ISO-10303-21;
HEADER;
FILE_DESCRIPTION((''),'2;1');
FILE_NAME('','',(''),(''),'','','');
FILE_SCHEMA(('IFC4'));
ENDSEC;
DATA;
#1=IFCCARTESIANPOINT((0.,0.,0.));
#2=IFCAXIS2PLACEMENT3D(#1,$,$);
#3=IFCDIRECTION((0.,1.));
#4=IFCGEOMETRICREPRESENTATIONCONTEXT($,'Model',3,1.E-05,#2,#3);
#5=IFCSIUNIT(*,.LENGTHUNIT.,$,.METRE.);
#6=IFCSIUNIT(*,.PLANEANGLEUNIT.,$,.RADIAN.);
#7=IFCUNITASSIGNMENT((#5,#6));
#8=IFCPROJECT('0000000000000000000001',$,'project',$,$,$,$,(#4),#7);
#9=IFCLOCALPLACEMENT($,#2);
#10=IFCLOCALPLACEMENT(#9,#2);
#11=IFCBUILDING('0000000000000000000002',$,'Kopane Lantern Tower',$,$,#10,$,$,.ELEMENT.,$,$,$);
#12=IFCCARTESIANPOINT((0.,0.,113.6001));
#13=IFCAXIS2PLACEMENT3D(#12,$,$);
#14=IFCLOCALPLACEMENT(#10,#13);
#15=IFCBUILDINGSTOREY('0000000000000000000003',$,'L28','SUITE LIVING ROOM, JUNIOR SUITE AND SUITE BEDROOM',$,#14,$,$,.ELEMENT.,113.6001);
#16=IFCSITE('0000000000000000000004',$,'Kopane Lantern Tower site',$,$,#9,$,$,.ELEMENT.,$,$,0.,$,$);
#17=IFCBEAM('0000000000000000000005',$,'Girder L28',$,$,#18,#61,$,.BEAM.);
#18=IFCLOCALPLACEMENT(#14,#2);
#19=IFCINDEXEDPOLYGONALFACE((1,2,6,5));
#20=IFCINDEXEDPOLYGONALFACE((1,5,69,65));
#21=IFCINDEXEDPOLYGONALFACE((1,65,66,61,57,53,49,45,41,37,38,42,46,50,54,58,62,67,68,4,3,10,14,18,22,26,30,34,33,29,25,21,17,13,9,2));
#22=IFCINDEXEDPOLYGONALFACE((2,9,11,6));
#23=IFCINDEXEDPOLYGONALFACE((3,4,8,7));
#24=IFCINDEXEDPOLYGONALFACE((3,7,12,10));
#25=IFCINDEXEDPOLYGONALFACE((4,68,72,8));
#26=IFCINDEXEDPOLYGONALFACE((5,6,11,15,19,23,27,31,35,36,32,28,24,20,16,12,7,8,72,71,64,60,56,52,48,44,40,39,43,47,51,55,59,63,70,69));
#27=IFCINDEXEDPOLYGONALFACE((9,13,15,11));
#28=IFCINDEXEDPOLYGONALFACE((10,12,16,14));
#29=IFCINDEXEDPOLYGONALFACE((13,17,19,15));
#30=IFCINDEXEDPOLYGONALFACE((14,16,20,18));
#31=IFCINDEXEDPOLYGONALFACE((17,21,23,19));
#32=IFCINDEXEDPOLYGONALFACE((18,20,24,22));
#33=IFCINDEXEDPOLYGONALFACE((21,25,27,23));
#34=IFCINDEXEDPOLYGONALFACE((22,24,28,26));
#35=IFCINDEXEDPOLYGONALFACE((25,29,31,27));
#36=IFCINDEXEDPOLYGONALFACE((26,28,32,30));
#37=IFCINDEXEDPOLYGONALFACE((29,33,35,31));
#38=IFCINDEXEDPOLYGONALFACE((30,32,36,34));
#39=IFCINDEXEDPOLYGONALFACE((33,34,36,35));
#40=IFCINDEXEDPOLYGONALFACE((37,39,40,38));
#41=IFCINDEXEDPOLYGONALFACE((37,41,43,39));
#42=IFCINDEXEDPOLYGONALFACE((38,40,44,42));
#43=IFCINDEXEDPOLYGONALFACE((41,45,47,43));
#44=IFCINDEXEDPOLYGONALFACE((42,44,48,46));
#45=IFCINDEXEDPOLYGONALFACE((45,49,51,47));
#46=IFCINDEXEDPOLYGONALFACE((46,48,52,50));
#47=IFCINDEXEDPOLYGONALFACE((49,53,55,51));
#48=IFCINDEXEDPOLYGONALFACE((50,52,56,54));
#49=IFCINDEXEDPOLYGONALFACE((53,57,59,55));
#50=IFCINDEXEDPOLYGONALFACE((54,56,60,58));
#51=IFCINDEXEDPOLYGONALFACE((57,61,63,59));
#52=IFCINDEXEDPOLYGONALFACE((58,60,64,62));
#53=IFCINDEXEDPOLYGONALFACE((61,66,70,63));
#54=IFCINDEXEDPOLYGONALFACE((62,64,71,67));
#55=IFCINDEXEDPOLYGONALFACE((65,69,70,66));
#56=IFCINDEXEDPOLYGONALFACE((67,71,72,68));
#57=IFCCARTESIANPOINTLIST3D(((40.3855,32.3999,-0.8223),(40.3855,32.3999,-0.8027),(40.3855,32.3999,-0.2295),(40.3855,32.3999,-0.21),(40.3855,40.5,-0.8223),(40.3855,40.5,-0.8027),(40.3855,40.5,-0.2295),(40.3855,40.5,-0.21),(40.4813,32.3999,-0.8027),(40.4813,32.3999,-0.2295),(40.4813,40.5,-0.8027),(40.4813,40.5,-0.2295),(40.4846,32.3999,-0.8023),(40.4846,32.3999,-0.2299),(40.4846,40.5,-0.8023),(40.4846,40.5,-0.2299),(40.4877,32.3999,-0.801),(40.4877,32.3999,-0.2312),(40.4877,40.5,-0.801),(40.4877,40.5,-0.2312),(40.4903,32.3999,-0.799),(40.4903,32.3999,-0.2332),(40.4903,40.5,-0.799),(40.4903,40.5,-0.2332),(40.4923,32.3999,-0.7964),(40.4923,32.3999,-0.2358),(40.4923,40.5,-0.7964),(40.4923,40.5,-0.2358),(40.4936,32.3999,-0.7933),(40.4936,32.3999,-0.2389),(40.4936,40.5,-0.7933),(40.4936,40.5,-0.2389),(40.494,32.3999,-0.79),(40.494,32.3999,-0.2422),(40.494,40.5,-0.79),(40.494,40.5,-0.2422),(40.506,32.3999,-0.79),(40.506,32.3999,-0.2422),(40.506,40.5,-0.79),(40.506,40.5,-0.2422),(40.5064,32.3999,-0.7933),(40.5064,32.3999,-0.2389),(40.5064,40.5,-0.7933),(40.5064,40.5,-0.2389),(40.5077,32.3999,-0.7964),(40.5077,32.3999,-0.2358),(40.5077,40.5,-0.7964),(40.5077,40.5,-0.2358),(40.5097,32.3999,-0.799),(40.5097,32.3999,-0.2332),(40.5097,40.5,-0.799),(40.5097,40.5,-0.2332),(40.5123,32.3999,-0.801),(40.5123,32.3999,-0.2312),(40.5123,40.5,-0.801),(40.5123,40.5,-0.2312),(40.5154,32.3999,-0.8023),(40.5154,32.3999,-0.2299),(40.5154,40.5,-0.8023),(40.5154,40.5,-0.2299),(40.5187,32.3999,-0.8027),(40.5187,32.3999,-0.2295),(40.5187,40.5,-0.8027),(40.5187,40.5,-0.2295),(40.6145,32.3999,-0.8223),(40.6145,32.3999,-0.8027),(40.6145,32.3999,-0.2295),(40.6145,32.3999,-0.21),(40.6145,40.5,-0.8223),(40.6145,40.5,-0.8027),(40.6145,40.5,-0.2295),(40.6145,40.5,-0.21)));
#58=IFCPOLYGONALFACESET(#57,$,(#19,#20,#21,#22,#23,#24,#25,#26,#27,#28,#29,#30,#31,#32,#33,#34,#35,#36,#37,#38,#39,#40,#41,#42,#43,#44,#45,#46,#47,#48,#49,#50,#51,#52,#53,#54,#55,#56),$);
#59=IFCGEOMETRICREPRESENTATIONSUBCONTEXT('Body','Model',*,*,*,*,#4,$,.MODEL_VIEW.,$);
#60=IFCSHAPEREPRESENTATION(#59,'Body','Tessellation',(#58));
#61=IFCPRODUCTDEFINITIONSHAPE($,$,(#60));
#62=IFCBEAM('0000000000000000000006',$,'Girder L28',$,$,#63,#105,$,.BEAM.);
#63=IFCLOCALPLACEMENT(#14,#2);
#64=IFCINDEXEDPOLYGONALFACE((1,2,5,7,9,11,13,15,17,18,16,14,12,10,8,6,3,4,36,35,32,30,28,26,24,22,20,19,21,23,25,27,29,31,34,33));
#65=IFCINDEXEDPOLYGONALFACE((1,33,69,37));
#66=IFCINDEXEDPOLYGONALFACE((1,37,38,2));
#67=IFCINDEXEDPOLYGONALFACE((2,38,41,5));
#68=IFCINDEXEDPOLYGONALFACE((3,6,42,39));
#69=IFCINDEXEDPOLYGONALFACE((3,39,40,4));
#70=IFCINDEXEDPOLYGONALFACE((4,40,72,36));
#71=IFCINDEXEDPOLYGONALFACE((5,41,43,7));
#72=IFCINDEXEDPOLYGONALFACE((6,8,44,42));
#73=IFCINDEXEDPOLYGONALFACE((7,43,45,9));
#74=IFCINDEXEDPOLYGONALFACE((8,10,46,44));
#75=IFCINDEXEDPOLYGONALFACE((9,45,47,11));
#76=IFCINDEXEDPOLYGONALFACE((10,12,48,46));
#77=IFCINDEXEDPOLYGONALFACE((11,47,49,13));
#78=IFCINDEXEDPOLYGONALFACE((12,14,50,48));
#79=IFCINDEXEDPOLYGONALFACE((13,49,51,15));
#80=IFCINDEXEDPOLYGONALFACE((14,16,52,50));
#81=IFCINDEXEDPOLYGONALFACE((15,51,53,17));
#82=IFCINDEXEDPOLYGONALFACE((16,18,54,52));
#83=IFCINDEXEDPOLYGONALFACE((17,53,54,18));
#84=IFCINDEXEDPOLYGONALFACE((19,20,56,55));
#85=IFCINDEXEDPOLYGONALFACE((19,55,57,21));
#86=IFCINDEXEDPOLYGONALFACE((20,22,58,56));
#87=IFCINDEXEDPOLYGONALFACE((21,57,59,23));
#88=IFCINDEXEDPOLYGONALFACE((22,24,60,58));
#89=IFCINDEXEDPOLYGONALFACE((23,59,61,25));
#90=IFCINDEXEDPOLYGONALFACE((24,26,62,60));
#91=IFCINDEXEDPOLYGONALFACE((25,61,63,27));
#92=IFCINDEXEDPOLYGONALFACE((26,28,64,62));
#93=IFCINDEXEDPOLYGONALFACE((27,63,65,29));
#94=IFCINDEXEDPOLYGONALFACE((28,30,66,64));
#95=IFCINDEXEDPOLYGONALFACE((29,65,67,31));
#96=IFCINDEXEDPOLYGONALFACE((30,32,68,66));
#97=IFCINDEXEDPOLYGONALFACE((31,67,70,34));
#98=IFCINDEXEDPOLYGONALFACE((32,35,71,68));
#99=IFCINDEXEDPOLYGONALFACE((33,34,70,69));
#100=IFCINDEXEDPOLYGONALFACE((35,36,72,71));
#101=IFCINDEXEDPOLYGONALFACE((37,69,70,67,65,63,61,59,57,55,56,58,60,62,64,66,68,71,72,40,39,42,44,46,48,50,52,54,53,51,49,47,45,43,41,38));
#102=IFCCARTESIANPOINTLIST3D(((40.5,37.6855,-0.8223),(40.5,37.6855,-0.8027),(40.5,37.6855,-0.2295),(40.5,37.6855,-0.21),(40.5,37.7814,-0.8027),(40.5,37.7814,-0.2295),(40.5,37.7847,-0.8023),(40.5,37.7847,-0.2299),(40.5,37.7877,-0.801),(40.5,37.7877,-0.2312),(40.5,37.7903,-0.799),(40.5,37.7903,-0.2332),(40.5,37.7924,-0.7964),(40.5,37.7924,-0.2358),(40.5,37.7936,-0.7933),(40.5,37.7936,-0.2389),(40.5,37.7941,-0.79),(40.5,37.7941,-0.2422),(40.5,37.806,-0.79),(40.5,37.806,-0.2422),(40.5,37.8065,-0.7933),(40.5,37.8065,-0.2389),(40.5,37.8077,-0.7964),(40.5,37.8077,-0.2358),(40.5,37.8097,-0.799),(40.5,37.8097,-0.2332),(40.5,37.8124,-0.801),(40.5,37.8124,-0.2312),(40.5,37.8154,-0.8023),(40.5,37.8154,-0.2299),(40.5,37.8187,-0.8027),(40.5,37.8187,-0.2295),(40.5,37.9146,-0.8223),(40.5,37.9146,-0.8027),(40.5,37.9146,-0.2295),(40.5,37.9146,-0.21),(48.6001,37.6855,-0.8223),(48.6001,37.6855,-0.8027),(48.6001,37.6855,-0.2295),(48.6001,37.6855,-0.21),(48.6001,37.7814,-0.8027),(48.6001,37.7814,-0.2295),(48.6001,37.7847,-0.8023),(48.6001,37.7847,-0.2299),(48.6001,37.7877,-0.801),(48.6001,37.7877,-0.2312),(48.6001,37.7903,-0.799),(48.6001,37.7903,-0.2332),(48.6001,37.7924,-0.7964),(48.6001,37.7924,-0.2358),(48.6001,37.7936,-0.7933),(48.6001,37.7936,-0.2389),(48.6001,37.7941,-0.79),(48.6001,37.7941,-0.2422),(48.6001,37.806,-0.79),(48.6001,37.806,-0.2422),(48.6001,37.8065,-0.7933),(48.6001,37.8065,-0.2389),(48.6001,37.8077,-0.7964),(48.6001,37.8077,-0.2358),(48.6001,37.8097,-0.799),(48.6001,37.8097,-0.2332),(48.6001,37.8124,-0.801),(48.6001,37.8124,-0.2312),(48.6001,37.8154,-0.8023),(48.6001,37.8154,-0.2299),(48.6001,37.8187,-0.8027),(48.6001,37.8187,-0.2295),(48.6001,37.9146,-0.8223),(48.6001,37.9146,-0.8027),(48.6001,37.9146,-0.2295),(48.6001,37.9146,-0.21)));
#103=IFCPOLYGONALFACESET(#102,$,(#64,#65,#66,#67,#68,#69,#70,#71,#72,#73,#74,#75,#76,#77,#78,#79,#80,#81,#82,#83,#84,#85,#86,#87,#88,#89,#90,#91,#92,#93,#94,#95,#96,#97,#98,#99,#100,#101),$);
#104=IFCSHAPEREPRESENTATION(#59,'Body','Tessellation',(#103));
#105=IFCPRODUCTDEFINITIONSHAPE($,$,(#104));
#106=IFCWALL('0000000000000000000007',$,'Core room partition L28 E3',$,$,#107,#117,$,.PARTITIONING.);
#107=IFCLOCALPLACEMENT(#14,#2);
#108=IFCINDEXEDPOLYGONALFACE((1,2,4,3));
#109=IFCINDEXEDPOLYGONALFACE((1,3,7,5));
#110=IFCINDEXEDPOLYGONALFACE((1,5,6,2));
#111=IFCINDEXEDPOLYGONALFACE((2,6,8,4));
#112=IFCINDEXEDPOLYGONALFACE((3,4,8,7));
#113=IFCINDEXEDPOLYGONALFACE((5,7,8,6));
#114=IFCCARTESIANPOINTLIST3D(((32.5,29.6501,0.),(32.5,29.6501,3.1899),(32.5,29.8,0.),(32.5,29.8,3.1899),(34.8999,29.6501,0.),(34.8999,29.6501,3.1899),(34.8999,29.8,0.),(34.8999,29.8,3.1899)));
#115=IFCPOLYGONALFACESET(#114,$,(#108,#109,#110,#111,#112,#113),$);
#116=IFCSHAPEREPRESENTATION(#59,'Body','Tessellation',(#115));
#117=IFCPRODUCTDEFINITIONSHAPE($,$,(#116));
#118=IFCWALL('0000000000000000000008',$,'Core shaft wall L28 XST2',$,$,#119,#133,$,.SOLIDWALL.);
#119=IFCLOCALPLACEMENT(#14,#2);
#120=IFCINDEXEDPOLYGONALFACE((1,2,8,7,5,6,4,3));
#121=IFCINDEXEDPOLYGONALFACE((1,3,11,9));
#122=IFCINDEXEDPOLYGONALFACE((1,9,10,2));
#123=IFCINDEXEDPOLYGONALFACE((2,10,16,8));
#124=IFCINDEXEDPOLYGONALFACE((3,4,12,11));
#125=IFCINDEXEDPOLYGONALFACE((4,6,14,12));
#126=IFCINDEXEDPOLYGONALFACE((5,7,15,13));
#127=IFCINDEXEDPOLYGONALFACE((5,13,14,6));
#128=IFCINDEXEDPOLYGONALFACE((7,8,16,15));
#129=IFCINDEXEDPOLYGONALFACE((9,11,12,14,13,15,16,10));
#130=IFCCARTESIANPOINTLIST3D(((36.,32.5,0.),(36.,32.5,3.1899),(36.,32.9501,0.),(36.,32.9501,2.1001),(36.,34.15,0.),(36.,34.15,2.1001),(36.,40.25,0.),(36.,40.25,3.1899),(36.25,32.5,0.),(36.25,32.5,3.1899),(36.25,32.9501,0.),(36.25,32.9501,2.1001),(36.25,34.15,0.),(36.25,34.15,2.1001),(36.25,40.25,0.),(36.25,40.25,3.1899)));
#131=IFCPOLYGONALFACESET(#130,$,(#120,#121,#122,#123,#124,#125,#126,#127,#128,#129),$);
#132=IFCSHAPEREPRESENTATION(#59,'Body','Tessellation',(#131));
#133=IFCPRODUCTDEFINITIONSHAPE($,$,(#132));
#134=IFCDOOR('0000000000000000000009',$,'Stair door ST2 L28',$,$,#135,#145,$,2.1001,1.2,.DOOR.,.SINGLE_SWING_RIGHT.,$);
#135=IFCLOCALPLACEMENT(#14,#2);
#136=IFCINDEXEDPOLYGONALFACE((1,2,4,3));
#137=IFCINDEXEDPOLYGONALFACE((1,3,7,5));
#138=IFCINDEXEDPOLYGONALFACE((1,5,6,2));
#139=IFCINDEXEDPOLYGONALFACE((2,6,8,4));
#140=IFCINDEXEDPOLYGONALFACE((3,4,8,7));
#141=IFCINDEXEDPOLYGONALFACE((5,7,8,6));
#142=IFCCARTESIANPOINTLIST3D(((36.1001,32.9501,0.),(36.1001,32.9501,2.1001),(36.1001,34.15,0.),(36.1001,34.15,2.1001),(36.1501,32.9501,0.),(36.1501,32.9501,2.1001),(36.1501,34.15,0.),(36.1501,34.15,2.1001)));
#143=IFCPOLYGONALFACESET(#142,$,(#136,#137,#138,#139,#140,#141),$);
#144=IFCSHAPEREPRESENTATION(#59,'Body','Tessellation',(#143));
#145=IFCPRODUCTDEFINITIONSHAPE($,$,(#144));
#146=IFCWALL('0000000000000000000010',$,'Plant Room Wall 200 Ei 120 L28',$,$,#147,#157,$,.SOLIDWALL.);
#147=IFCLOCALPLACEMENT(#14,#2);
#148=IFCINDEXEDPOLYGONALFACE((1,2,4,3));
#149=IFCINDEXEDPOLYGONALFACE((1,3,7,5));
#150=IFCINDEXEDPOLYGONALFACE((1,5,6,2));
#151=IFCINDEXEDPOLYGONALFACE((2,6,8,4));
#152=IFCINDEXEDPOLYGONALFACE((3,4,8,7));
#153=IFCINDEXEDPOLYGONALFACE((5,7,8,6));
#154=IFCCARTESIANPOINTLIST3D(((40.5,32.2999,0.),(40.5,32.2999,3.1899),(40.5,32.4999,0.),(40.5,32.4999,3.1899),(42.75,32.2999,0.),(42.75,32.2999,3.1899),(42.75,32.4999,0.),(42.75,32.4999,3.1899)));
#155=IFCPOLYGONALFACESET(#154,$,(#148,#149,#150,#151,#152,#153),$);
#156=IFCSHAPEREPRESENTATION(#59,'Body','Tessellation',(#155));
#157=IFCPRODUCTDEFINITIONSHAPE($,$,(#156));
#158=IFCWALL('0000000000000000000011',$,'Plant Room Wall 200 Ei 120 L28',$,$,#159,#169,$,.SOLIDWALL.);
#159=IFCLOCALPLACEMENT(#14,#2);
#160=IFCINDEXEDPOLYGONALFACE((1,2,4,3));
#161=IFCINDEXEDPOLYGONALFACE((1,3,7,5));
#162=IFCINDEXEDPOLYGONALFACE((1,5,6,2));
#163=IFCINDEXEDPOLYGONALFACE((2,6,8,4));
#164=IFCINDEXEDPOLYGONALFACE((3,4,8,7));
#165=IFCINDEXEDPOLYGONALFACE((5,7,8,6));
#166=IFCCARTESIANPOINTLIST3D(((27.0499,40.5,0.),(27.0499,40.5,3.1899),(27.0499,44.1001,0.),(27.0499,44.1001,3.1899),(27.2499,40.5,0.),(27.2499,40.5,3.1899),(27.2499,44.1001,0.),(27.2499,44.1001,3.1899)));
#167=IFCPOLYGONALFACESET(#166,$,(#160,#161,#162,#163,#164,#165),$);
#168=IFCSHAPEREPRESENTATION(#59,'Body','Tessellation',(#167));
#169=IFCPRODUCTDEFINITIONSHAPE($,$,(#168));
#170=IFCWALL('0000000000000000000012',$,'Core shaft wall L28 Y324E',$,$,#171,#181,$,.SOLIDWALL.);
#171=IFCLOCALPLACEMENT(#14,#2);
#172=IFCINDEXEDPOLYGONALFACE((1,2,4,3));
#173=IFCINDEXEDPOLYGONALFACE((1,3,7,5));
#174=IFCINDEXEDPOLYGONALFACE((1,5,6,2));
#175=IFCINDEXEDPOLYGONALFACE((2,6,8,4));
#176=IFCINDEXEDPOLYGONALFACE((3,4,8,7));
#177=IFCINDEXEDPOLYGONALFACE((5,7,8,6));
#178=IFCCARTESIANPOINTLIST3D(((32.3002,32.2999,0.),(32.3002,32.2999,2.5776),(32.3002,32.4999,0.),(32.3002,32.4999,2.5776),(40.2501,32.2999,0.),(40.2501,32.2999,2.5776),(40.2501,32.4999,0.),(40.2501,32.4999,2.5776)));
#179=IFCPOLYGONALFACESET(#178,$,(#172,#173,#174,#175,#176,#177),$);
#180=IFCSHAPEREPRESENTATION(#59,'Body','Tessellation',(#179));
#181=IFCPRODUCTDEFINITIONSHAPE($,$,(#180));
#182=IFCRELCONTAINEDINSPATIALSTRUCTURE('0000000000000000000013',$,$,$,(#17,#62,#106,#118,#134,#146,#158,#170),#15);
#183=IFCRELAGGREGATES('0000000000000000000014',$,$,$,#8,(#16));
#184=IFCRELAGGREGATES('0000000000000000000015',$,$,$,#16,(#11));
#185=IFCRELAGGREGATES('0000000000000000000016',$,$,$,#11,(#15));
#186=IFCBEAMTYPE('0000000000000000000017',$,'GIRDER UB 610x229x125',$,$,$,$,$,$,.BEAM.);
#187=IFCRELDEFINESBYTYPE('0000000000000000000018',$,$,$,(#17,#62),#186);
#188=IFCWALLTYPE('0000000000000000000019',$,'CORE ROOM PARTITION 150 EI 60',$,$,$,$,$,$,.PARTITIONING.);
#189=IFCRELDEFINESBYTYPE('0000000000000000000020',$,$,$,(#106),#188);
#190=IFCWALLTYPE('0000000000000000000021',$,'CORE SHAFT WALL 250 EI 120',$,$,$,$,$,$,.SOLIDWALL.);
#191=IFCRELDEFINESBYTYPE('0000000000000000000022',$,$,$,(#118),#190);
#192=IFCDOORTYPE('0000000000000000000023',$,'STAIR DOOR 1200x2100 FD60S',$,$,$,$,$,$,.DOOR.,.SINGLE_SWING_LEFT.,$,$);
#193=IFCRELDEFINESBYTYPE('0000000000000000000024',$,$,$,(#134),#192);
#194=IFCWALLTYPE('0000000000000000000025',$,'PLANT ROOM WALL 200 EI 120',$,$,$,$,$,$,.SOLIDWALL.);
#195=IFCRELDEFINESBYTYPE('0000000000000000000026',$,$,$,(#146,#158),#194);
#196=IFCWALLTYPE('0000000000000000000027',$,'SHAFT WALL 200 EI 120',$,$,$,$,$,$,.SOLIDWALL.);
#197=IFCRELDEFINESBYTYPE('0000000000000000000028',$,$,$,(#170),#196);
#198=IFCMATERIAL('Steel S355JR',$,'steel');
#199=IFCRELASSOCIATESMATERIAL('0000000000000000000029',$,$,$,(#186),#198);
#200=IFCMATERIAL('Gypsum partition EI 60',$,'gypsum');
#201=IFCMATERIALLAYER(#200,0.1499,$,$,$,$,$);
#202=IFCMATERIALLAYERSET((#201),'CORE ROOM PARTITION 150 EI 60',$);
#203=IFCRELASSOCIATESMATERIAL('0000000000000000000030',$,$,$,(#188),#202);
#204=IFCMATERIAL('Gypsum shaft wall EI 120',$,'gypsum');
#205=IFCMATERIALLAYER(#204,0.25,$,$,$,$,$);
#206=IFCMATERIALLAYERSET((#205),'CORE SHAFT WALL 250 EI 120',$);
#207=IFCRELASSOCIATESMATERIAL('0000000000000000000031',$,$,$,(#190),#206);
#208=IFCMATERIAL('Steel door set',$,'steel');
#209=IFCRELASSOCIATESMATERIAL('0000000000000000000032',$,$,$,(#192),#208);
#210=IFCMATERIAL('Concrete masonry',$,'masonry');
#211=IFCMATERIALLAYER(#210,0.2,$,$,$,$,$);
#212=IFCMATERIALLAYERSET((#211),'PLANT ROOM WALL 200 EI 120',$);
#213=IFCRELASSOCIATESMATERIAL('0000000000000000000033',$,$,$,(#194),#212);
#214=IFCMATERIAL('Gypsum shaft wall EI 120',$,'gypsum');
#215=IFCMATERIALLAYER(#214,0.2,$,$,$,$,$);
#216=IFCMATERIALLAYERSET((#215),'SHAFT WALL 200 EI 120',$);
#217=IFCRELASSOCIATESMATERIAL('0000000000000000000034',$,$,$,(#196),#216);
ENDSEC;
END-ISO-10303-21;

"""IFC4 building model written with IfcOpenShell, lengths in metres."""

from ifc_helpers import new_model, si_unit, direction, frame, frame_2d, origin, origin_2d, place, context, subcontext, project, spatial, rectangle, i_section, extrude, material, layer, layer_set, material_profile, profile_set, type_object, element, fill, save


model = new_model("IFC4")

# Units and contexts
model_context = context("Model", 3, precision=1e-05, world=origin(), true_north=direction((0.0, 1.0)))
body_context = subcontext(model_context, "Body", "Model", "MODEL_VIEW")
ifc_project = project(units=[si_unit("LENGTHUNIT", "METRE"), si_unit("PLANEANGLEUNIT", "RADIAN")], contexts=[model_context])

# Site, building, storey
site_placement = place(None, origin())
site = spatial("IfcSite", under=ifc_project, at=site_placement, Name="Kopane Lantern Tower site", CompositionType="ELEMENT", RefElevation=0.0)
building_placement = place(site_placement, origin())
building = spatial("IfcBuilding", under=site, at=building_placement, Name="Kopane Lantern Tower", CompositionType="ELEMENT")
storey_placement = place(building_placement, frame((0.0, 0.0, 113.6001)))
storey = spatial("IfcBuildingStorey", under=building, at=storey_placement, Name="L28", Description="SUITE LIVING ROOM, JUNIOR SUITE AND SUITE BEDROOM", CompositionType="ELEMENT", Elevation=113.6001)

# Beams
ifc_material_1 = material(Name="Steel S355JR", Category="steel")
ifc_material_profile_1 = material_profile(ifc_material_1, i_section(OverallWidth=0.229, OverallDepth=0.6123, WebThickness=0.012, FlangeThickness=0.0195, FilletRadius=0.0127, at=origin_2d()), Name="UB 610x229x125")
ifc_profile_set_1 = profile_set([ifc_material_profile_1], Name="Steel S355JR")
beam_type_1 = type_object("IfcBeamType", Name="GIRDER UB 610x229x125", PredefinedType="BEAM", material=ifc_profile_set_1)
for number, where, z_axis, x_axis, name in (
    (1, (40.5, 32.3999, -0.5161), (0.0, 1.0, 0.0), (-1.0, 0.0, 0.0), "Girder L28"),
    (2, (40.5, 37.8, -0.5161), (1.0, 0.0, 0.0), (0.0, 1.0, 0.0), "Girder L28"),
):
    element("IfcBeam", number, at=place(storey_placement, frame(where, z_axis=z_axis, x_axis=x_axis)), inside=storey, type_object=beam_type_1, Name=name, PredefinedType="BEAM", context=body_context, shape_type="SweptSolid", body=[
        extrude(i_section(OverallWidth=0.229, OverallDepth=0.6123, WebThickness=0.012, FlangeThickness=0.0195, FilletRadius=0.0127, at=origin_2d()), origin(), (0.0, 0.0, 1.0), 8.1001),
    ])

# Wall
ifc_material_2 = material(Name="Gypsum partition EI 60", Category="gypsum")
ifc_layer_1 = layer(ifc_material_2, 0.1499)
ifc_layer_set_1 = layer_set([ifc_layer_1], Name="CORE ROOM PARTITION 150 EI 60")
wall_type_1 = type_object("IfcWallType", Name="CORE ROOM PARTITION 150 EI 60", PredefinedType="PARTITIONING", material=ifc_layer_set_1)
wall_1_placement = place(storey_placement, frame((32.5, 29.7251, 0.0), z_axis=(0.0, 0.0, 1.0), x_axis=(1.0, 0.0, 0.0)))
element("IfcWall", 3, at=wall_1_placement, inside=storey, type_object=wall_type_1, Name="Core room partition L28 E3", PredefinedType="PARTITIONING", context=body_context, shape_type="SweptSolid", body=[
    extrude(rectangle(XDim=2.3999, YDim=0.1499, at=frame_2d((1.2, 0.0))), origin(), (0.0, 0.0, 1.0), 3.1899),
])

# Wall, opening, door
ifc_material_3 = material(Name="Gypsum shaft wall EI 120", Category="gypsum")
ifc_layer_2 = layer(ifc_material_3, 0.25)
ifc_layer_set_2 = layer_set([ifc_layer_2], Name="CORE SHAFT WALL 250 EI 120")
wall_type_2 = type_object("IfcWallType", Name="CORE SHAFT WALL 250 EI 120", PredefinedType="SOLIDWALL", material=ifc_layer_set_2)
wall_2_placement = place(storey_placement, frame((36.125, 32.5, 0.0), z_axis=(0.0, 0.0, 1.0), x_axis=(0.0, 1.0, 0.0)))
wall_2 = element("IfcWall", 4, at=wall_2_placement, inside=storey, type_object=wall_type_2, Name="Core shaft wall L28 XST2", PredefinedType="SOLIDWALL", context=body_context, shape_type="SweptSolid", body=[
    extrude(rectangle(XDim=7.75, YDim=0.25, at=frame_2d((3.875, 0.0))), origin(), (0.0, 0.0, 1.0), 3.1899),
])
opening_1_placement = place(wall_2_placement, frame((0.45, 0.0, 0.0)))
opening_1 = element("IfcOpeningElement", 5, at=opening_1_placement, cuts=wall_2, PredefinedType="OPENING", context=body_context, shape_type="SweptSolid", body=[
    extrude(rectangle(XDim=1.2, YDim=2.1001, at=frame_2d((0.6001, 1.05))), frame((0.0, 0.135, 0.0), z_axis=(0.0, -1.0, 0.0), x_axis=(1.0, 0.0, 0.0)), (0.0, 0.0, 1.0), 0.27),
])
ifc_material_4 = material(Name="Steel door set", Category="steel")
door_type_1 = type_object("IfcDoorType", Name="STAIR DOOR 1200x2100 FD60S", OperationType="SINGLE_SWING_LEFT", PredefinedType="DOOR", material=ifc_material_4)
door_1_placement = place(opening_1_placement, origin())
door_1 = element("IfcDoor", 6, at=door_1_placement, inside=storey, type_object=door_type_1, Name="Stair door ST2 L28", OperationType="SINGLE_SWING_RIGHT", OverallHeight=2.1001, OverallWidth=1.2, PredefinedType="DOOR", context=body_context, shape_type="SweptSolid", body=[
    extrude(rectangle(XDim=1.2, YDim=2.1001, at=frame_2d((0.6001, 1.05))), frame((0.0, 0.0249, 0.0), z_axis=(0.0, -1.0, 0.0), x_axis=(1.0, 0.0, 0.0)), (0.0, 0.0, 1.0), 0.05),
])
fill(opening_1, door_1)

# Walls
ifc_material_5 = material(Name="Concrete masonry", Category="masonry")
ifc_layer_3 = layer(ifc_material_5, 0.2)
ifc_layer_set_3 = layer_set([ifc_layer_3], Name="PLANT ROOM WALL 200 EI 120")
wall_type_3 = type_object("IfcWallType", Name="PLANT ROOM WALL 200 EI 120", PredefinedType="SOLIDWALL", material=ifc_layer_set_3)
wall_3_placement = place(storey_placement, frame((40.5, 32.3999, 0.0), z_axis=(0.0, 0.0, 1.0), x_axis=(1.0, 0.0, 0.0)))
element("IfcWall", 7, at=wall_3_placement, inside=storey, type_object=wall_type_3, Name="Plant Room Wall 200 Ei 120 L28", PredefinedType="SOLIDWALL", context=body_context, shape_type="SweptSolid", body=[
    extrude(rectangle(XDim=2.25, YDim=0.2, at=frame_2d((1.125, 0.0))), origin(), (0.0, 0.0, 1.0), 3.1899),
])
wall_4_placement = place(storey_placement, frame((27.1499, 40.5, 0.0), z_axis=(0.0, 0.0, 1.0), x_axis=(0.0, 1.0, 0.0)))
element("IfcWall", 8, at=wall_4_placement, inside=storey, type_object=wall_type_3, Name="Plant Room Wall 200 Ei 120 L28", PredefinedType="SOLIDWALL", context=body_context, shape_type="SweptSolid", body=[
    extrude(rectangle(XDim=3.6001, YDim=0.2, at=frame_2d((1.8, 0.0))), origin(), (0.0, 0.0, 1.0), 3.1899),
])
ifc_material_6 = material(Name="Gypsum shaft wall EI 120", Category="gypsum")
ifc_layer_4 = layer(ifc_material_6, 0.2)
ifc_layer_set_4 = layer_set([ifc_layer_4], Name="SHAFT WALL 200 EI 120")
wall_type_4 = type_object("IfcWallType", Name="SHAFT WALL 200 EI 120", PredefinedType="SOLIDWALL", material=ifc_layer_set_4)
wall_5_placement = place(storey_placement, frame((32.3, 32.3999, 0.0), z_axis=(0.0, 0.0, 1.0), x_axis=(1.0, 0.0, 0.0)))
element("IfcWall", 9, at=wall_5_placement, inside=storey, type_object=wall_type_4, Name="Core shaft wall L28 Y324E", PredefinedType="SOLIDWALL", context=body_context, shape_type="SweptSolid", body=[
    extrude(rectangle(XDim=7.95, YDim=0.2, at=frame_2d((3.9751, 0.0))), origin(), (0.0, 0.0, 1.0), 2.5776),
])

save(model, "model.ifc")
